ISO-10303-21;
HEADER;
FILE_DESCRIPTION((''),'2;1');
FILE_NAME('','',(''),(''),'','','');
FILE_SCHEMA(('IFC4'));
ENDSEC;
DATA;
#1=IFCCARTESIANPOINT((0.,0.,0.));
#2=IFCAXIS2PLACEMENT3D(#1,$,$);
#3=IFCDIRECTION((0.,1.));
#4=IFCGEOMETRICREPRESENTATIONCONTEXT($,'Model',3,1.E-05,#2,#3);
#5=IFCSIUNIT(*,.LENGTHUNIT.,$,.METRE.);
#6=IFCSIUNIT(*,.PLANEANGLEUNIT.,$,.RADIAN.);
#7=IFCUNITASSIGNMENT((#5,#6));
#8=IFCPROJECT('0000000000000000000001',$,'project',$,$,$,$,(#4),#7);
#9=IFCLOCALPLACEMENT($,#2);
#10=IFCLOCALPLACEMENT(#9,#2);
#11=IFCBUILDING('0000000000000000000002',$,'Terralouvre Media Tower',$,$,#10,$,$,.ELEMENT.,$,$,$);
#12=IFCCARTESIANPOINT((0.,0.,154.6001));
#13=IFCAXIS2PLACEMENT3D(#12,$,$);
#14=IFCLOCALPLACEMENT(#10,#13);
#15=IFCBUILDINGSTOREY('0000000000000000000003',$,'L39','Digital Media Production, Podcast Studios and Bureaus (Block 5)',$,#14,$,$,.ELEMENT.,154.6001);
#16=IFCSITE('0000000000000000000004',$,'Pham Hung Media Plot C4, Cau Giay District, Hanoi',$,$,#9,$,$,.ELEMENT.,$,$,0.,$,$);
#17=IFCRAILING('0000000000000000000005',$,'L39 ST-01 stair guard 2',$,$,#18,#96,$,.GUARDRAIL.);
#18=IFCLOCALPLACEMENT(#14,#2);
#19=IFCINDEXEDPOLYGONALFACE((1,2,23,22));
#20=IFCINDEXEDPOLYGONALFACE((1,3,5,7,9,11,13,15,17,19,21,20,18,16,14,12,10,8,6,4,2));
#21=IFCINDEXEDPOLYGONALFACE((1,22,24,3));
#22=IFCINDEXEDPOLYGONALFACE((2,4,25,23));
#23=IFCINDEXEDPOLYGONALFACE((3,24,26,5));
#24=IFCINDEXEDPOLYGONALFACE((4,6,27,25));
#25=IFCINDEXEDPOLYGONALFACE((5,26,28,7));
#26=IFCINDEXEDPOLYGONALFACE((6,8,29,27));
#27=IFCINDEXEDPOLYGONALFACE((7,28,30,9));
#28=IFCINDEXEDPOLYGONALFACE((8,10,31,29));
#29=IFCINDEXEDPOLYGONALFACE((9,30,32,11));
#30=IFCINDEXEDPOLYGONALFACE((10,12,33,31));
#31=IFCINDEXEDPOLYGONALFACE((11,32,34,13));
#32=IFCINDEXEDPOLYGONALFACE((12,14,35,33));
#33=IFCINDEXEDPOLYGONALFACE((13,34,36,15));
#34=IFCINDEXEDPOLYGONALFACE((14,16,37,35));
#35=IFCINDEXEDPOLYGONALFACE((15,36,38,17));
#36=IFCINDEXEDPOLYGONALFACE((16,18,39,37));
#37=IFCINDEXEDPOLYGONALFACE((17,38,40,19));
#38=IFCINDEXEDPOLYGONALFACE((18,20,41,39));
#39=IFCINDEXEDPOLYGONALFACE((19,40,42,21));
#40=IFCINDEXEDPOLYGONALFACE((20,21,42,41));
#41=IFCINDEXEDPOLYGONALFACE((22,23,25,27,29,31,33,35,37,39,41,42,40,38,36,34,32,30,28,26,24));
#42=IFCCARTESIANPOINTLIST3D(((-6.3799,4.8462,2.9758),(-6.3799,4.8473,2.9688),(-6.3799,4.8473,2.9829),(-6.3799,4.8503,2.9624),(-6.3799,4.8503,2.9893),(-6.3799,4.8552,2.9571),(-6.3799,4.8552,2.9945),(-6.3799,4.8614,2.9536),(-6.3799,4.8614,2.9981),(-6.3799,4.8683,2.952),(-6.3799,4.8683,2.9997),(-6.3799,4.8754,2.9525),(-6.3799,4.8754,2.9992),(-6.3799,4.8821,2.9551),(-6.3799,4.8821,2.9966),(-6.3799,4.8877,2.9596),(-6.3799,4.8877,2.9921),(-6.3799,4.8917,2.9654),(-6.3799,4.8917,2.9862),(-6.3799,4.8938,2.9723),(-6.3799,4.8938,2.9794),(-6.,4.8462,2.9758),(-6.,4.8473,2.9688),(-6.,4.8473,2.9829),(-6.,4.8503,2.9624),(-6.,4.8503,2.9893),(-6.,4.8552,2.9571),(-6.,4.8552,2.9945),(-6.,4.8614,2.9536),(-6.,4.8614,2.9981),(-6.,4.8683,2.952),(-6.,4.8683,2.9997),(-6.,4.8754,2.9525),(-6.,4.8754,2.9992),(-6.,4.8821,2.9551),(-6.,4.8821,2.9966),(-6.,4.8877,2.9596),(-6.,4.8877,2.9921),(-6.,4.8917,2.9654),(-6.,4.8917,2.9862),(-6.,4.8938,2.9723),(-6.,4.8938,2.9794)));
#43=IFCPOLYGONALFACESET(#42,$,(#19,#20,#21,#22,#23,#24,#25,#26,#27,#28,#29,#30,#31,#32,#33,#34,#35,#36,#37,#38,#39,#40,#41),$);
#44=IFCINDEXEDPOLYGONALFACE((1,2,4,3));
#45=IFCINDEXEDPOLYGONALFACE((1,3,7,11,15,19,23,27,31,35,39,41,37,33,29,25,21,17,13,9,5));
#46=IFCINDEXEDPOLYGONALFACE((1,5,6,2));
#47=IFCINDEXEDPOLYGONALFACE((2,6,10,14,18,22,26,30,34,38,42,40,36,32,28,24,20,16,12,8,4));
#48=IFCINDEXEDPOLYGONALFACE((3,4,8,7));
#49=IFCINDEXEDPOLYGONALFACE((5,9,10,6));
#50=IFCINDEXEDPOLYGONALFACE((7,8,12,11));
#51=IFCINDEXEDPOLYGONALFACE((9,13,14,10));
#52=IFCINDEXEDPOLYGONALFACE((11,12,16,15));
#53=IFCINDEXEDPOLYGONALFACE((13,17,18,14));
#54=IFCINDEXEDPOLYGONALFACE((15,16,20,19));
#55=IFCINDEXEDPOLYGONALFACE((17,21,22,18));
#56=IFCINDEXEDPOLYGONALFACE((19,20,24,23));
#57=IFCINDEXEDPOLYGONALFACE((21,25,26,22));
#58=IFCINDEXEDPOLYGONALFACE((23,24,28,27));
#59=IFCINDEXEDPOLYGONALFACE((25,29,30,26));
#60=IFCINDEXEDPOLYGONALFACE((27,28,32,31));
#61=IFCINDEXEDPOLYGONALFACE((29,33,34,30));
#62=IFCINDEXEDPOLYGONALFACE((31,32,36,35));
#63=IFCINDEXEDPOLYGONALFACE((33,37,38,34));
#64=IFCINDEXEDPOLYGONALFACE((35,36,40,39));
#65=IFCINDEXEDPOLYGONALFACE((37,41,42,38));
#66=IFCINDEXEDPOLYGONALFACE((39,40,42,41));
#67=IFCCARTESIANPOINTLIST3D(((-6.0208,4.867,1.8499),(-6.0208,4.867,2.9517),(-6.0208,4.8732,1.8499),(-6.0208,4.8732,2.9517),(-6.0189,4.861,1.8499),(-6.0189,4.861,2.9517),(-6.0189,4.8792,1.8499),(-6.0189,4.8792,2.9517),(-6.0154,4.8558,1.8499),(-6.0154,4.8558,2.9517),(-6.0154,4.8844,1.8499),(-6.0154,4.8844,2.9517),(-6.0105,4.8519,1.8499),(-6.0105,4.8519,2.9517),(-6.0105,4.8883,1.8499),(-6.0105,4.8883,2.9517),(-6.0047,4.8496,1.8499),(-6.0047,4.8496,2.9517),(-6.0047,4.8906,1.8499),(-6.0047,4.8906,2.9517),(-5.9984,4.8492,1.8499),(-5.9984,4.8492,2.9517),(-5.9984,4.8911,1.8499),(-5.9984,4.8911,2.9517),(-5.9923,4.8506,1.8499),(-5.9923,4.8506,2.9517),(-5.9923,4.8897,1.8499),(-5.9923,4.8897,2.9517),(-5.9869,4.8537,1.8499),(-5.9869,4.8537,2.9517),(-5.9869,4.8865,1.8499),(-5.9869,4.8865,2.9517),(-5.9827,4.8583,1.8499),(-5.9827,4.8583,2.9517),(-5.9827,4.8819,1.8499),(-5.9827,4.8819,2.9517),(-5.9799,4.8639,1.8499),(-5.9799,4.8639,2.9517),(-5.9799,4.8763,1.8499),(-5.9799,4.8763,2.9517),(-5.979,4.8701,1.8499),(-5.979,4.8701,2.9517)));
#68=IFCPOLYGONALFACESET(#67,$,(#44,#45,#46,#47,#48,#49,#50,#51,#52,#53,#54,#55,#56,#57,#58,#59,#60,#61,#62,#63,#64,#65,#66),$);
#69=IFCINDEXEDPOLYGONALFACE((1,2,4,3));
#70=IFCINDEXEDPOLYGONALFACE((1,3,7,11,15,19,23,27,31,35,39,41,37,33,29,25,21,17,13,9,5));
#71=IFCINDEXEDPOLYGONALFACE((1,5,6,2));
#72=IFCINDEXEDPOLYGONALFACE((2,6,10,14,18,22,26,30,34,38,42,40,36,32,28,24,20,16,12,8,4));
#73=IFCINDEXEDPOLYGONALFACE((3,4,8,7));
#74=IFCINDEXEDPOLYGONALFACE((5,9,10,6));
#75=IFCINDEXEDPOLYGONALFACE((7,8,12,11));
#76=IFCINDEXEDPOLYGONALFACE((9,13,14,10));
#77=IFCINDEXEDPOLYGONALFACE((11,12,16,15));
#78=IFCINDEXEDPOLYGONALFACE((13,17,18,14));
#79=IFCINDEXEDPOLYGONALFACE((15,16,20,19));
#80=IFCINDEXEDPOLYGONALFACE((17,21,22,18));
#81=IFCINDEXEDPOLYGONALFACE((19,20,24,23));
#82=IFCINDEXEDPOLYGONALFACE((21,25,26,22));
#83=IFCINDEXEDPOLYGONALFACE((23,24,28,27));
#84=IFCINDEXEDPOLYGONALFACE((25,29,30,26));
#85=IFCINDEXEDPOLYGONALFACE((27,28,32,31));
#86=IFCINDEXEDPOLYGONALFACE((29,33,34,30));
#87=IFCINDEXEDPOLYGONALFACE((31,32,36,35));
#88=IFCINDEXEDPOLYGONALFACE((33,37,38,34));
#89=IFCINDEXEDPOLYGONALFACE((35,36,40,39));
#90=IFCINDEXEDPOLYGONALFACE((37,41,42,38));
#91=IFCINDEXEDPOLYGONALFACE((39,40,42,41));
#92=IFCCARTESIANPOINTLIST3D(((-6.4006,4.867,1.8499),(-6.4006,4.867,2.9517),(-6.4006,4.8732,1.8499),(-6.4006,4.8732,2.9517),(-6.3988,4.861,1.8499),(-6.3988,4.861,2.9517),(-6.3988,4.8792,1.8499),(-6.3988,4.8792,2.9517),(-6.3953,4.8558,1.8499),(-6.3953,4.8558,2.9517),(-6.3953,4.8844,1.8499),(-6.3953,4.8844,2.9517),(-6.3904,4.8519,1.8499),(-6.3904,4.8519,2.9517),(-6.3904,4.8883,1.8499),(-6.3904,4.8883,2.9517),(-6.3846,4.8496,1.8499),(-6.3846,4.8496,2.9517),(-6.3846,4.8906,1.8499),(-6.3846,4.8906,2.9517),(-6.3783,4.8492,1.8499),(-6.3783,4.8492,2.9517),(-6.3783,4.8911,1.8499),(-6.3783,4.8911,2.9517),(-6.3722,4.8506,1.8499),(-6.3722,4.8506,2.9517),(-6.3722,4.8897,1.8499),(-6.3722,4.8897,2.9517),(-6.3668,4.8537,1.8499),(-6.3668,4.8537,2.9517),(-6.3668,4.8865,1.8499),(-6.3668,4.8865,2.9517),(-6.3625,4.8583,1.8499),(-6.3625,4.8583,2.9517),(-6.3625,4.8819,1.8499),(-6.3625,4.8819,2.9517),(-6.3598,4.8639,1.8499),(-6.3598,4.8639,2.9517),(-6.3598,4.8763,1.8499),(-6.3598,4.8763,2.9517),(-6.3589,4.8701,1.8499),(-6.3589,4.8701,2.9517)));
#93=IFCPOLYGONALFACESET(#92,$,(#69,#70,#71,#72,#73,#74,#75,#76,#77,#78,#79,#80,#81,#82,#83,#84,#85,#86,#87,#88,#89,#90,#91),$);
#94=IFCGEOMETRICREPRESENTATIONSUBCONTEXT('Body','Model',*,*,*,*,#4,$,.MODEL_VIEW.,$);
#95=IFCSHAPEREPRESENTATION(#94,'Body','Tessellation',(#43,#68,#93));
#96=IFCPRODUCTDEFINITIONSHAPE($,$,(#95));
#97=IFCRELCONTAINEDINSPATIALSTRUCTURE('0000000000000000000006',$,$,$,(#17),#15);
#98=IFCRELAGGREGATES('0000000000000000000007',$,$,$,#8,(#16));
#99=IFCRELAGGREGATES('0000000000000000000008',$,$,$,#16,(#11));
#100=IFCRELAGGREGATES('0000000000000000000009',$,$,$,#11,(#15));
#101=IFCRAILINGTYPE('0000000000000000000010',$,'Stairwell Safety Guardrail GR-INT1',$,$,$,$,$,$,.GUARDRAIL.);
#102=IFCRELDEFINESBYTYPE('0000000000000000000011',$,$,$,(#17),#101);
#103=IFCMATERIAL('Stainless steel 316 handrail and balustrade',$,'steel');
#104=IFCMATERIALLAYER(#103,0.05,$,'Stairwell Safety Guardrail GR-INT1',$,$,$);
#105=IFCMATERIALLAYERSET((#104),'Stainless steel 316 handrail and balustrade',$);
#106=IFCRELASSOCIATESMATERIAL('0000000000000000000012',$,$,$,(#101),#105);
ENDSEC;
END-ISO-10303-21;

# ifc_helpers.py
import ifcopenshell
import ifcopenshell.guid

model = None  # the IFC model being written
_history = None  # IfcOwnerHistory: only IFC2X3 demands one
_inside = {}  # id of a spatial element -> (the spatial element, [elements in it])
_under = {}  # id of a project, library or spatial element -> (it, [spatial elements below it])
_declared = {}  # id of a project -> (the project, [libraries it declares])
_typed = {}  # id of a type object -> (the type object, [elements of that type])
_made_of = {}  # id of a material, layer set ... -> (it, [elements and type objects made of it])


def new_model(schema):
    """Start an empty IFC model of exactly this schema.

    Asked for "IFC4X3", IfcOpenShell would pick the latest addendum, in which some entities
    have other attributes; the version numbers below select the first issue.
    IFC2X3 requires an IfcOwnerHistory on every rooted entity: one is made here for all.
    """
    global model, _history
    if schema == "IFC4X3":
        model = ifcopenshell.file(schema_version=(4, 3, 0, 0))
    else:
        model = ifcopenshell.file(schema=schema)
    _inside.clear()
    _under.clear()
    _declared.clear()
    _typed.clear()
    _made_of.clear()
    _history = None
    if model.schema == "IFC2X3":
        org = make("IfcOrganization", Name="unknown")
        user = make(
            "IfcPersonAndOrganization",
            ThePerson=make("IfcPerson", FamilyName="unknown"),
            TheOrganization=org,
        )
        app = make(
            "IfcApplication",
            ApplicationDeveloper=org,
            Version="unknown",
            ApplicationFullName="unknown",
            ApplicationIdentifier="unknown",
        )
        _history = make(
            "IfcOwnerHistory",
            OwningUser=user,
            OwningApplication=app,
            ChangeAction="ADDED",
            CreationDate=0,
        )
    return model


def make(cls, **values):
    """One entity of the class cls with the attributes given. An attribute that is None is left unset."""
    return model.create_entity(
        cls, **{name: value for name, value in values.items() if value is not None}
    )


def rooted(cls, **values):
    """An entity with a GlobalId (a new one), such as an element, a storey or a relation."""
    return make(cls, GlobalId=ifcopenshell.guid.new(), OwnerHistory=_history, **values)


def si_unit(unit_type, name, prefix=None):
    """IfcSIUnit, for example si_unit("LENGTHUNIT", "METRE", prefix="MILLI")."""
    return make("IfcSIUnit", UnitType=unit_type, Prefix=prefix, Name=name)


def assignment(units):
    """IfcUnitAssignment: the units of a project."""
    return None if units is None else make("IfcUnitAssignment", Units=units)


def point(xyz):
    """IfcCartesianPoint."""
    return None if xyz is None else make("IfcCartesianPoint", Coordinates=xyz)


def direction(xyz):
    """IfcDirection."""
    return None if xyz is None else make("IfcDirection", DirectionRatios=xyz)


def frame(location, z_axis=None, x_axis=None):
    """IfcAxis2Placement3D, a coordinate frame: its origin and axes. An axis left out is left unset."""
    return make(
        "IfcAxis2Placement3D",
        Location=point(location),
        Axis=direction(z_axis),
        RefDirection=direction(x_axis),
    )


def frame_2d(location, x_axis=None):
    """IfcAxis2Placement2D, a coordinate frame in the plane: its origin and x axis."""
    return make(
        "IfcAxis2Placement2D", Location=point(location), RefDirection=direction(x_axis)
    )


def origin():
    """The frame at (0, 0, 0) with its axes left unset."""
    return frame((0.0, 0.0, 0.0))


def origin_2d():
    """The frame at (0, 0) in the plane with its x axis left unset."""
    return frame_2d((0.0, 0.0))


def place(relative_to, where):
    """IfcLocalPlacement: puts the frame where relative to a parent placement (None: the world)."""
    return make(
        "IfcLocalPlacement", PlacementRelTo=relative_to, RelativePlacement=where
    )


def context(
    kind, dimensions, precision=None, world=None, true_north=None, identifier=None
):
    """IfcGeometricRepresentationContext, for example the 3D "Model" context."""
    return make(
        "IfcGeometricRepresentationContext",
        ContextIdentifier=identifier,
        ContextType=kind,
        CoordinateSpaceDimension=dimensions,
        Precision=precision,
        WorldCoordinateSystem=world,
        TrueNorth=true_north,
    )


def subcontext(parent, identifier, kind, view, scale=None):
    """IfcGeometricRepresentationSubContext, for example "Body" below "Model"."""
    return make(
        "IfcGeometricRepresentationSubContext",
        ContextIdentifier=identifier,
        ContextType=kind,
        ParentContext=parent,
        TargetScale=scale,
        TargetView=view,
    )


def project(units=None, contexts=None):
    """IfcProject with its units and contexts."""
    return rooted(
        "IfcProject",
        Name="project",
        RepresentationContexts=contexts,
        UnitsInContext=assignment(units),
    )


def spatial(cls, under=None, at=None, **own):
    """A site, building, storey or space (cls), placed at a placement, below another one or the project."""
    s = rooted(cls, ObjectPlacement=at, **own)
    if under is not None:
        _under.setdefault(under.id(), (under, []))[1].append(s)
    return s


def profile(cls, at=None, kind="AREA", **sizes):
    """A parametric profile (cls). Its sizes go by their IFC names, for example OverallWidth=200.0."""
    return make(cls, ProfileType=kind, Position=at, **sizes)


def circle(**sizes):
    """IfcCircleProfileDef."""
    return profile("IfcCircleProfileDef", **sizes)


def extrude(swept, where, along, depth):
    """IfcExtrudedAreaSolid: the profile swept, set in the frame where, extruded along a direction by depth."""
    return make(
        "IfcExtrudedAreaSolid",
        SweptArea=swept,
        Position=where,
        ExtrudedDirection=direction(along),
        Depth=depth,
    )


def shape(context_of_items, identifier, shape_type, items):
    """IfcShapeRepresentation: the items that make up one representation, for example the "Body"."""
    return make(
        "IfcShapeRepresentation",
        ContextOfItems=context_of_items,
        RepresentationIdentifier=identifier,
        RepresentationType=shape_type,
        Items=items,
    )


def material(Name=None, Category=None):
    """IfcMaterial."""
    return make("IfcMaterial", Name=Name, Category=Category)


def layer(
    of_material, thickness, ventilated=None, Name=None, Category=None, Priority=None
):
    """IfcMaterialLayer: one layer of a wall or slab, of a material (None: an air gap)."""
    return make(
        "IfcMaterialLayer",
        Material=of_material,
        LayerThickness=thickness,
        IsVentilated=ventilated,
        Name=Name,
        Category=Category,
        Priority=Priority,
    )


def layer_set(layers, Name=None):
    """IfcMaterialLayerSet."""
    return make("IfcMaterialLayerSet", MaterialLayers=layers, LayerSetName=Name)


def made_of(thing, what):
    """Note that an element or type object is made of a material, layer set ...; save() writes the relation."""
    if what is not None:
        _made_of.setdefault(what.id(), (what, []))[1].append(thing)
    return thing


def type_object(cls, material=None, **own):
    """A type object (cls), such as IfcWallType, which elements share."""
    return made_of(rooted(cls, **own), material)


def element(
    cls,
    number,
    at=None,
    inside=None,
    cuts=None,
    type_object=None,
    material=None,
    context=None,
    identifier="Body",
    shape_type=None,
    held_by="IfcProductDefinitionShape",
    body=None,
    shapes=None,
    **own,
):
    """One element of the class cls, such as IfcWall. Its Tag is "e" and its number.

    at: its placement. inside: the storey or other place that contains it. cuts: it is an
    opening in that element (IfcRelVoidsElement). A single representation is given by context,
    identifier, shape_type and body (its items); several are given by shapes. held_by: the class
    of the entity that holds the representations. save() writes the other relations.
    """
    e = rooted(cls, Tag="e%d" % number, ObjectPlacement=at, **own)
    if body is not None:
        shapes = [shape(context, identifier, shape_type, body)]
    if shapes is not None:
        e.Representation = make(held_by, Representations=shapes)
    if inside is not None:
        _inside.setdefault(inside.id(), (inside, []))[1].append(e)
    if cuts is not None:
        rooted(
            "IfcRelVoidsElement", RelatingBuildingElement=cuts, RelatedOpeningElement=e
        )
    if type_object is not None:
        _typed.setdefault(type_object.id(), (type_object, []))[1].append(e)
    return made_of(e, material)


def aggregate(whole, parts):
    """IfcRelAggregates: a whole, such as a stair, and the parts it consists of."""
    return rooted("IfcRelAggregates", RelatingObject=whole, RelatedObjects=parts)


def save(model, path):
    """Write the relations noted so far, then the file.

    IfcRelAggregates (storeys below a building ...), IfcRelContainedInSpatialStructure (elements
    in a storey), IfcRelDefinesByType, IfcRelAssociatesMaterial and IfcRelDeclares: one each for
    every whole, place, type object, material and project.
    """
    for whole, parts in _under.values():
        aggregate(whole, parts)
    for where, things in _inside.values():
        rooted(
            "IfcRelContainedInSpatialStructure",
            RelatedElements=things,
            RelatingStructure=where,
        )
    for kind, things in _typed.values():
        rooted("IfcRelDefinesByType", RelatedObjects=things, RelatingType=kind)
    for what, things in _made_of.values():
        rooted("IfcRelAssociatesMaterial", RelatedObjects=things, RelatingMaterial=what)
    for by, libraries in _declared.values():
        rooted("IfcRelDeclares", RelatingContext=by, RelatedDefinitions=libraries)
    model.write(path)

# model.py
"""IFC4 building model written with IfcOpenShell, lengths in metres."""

from ifc_helpers import new_model, si_unit, direction, frame, origin, origin_2d, place, context, subcontext, project, spatial, circle, extrude, material, layer, layer_set, type_object, element, save


model = new_model("IFC4")

# Units and contexts
model_context = context("Model", 3, precision=1e-05, world=origin(), true_north=direction((0.0, 1.0)))
body_context = subcontext(model_context, "Body", "Model", "MODEL_VIEW")
ifc_project = project(units=[si_unit("LENGTHUNIT", "METRE"), si_unit("PLANEANGLEUNIT", "RADIAN")], contexts=[model_context])

# Site, building, storey
site_placement = place(None, origin())
site = spatial("IfcSite", under=ifc_project, at=site_placement, Name="Pham Hung Media Plot C4, Cau Giay District, Hanoi", CompositionType="ELEMENT", RefElevation=0.0)
building_placement = place(site_placement, origin())
building = spatial("IfcBuilding", under=site, at=building_placement, Name="Terralouvre Media Tower", CompositionType="ELEMENT")
storey_placement = place(building_placement, frame((0.0, 0.0, 154.6001)))
storey = spatial("IfcBuildingStorey", under=building, at=storey_placement, Name="L39", Description="Digital Media Production, Podcast Studios and Bureaus (Block 5)", CompositionType="ELEMENT", Elevation=154.6001)

# Railing
ifc_material_1 = material(Name="Stainless steel 316 handrail and balustrade", Category="steel")
ifc_layer_1 = layer(ifc_material_1, 0.05, Name="Stairwell Safety Guardrail GR-INT1")
ifc_layer_set_1 = layer_set([ifc_layer_1], Name="Stainless steel 316 handrail and balustrade")
railing_type_1 = type_object("IfcRailingType", Name="Stairwell Safety Guardrail GR-INT1", PredefinedType="GUARDRAIL", material=ifc_layer_set_1)
railing_1_placement = place(storey_placement, frame((-6.0, 4.8701, 1.8499)))
element("IfcRailing", 1, at=railing_1_placement, inside=storey, type_object=railing_type_1, Name="L39 ST-01 stair guard 2", PredefinedType="GUARDRAIL", context=body_context, shape_type="SweptSolid", body=[
    extrude(circle(Radius=0.0239, at=origin_2d()), frame((0.0, 0.0, 1.126), z_axis=(-1.0, 0.0, 0.0), x_axis=(0.0, -1.0, 0.0)), (0.0, 0.0, 1.0), 0.3799),
    extrude(circle(Radius=0.021, at=origin_2d()), origin(), (0.0, 0.0, 1.0), 1.1018),
    extrude(circle(Radius=0.021, at=origin_2d()), frame((-0.3799, 0.0, 0.0)), (0.0, 0.0, 1.0), 1.1018),
])

save(model, "model.ifc")
